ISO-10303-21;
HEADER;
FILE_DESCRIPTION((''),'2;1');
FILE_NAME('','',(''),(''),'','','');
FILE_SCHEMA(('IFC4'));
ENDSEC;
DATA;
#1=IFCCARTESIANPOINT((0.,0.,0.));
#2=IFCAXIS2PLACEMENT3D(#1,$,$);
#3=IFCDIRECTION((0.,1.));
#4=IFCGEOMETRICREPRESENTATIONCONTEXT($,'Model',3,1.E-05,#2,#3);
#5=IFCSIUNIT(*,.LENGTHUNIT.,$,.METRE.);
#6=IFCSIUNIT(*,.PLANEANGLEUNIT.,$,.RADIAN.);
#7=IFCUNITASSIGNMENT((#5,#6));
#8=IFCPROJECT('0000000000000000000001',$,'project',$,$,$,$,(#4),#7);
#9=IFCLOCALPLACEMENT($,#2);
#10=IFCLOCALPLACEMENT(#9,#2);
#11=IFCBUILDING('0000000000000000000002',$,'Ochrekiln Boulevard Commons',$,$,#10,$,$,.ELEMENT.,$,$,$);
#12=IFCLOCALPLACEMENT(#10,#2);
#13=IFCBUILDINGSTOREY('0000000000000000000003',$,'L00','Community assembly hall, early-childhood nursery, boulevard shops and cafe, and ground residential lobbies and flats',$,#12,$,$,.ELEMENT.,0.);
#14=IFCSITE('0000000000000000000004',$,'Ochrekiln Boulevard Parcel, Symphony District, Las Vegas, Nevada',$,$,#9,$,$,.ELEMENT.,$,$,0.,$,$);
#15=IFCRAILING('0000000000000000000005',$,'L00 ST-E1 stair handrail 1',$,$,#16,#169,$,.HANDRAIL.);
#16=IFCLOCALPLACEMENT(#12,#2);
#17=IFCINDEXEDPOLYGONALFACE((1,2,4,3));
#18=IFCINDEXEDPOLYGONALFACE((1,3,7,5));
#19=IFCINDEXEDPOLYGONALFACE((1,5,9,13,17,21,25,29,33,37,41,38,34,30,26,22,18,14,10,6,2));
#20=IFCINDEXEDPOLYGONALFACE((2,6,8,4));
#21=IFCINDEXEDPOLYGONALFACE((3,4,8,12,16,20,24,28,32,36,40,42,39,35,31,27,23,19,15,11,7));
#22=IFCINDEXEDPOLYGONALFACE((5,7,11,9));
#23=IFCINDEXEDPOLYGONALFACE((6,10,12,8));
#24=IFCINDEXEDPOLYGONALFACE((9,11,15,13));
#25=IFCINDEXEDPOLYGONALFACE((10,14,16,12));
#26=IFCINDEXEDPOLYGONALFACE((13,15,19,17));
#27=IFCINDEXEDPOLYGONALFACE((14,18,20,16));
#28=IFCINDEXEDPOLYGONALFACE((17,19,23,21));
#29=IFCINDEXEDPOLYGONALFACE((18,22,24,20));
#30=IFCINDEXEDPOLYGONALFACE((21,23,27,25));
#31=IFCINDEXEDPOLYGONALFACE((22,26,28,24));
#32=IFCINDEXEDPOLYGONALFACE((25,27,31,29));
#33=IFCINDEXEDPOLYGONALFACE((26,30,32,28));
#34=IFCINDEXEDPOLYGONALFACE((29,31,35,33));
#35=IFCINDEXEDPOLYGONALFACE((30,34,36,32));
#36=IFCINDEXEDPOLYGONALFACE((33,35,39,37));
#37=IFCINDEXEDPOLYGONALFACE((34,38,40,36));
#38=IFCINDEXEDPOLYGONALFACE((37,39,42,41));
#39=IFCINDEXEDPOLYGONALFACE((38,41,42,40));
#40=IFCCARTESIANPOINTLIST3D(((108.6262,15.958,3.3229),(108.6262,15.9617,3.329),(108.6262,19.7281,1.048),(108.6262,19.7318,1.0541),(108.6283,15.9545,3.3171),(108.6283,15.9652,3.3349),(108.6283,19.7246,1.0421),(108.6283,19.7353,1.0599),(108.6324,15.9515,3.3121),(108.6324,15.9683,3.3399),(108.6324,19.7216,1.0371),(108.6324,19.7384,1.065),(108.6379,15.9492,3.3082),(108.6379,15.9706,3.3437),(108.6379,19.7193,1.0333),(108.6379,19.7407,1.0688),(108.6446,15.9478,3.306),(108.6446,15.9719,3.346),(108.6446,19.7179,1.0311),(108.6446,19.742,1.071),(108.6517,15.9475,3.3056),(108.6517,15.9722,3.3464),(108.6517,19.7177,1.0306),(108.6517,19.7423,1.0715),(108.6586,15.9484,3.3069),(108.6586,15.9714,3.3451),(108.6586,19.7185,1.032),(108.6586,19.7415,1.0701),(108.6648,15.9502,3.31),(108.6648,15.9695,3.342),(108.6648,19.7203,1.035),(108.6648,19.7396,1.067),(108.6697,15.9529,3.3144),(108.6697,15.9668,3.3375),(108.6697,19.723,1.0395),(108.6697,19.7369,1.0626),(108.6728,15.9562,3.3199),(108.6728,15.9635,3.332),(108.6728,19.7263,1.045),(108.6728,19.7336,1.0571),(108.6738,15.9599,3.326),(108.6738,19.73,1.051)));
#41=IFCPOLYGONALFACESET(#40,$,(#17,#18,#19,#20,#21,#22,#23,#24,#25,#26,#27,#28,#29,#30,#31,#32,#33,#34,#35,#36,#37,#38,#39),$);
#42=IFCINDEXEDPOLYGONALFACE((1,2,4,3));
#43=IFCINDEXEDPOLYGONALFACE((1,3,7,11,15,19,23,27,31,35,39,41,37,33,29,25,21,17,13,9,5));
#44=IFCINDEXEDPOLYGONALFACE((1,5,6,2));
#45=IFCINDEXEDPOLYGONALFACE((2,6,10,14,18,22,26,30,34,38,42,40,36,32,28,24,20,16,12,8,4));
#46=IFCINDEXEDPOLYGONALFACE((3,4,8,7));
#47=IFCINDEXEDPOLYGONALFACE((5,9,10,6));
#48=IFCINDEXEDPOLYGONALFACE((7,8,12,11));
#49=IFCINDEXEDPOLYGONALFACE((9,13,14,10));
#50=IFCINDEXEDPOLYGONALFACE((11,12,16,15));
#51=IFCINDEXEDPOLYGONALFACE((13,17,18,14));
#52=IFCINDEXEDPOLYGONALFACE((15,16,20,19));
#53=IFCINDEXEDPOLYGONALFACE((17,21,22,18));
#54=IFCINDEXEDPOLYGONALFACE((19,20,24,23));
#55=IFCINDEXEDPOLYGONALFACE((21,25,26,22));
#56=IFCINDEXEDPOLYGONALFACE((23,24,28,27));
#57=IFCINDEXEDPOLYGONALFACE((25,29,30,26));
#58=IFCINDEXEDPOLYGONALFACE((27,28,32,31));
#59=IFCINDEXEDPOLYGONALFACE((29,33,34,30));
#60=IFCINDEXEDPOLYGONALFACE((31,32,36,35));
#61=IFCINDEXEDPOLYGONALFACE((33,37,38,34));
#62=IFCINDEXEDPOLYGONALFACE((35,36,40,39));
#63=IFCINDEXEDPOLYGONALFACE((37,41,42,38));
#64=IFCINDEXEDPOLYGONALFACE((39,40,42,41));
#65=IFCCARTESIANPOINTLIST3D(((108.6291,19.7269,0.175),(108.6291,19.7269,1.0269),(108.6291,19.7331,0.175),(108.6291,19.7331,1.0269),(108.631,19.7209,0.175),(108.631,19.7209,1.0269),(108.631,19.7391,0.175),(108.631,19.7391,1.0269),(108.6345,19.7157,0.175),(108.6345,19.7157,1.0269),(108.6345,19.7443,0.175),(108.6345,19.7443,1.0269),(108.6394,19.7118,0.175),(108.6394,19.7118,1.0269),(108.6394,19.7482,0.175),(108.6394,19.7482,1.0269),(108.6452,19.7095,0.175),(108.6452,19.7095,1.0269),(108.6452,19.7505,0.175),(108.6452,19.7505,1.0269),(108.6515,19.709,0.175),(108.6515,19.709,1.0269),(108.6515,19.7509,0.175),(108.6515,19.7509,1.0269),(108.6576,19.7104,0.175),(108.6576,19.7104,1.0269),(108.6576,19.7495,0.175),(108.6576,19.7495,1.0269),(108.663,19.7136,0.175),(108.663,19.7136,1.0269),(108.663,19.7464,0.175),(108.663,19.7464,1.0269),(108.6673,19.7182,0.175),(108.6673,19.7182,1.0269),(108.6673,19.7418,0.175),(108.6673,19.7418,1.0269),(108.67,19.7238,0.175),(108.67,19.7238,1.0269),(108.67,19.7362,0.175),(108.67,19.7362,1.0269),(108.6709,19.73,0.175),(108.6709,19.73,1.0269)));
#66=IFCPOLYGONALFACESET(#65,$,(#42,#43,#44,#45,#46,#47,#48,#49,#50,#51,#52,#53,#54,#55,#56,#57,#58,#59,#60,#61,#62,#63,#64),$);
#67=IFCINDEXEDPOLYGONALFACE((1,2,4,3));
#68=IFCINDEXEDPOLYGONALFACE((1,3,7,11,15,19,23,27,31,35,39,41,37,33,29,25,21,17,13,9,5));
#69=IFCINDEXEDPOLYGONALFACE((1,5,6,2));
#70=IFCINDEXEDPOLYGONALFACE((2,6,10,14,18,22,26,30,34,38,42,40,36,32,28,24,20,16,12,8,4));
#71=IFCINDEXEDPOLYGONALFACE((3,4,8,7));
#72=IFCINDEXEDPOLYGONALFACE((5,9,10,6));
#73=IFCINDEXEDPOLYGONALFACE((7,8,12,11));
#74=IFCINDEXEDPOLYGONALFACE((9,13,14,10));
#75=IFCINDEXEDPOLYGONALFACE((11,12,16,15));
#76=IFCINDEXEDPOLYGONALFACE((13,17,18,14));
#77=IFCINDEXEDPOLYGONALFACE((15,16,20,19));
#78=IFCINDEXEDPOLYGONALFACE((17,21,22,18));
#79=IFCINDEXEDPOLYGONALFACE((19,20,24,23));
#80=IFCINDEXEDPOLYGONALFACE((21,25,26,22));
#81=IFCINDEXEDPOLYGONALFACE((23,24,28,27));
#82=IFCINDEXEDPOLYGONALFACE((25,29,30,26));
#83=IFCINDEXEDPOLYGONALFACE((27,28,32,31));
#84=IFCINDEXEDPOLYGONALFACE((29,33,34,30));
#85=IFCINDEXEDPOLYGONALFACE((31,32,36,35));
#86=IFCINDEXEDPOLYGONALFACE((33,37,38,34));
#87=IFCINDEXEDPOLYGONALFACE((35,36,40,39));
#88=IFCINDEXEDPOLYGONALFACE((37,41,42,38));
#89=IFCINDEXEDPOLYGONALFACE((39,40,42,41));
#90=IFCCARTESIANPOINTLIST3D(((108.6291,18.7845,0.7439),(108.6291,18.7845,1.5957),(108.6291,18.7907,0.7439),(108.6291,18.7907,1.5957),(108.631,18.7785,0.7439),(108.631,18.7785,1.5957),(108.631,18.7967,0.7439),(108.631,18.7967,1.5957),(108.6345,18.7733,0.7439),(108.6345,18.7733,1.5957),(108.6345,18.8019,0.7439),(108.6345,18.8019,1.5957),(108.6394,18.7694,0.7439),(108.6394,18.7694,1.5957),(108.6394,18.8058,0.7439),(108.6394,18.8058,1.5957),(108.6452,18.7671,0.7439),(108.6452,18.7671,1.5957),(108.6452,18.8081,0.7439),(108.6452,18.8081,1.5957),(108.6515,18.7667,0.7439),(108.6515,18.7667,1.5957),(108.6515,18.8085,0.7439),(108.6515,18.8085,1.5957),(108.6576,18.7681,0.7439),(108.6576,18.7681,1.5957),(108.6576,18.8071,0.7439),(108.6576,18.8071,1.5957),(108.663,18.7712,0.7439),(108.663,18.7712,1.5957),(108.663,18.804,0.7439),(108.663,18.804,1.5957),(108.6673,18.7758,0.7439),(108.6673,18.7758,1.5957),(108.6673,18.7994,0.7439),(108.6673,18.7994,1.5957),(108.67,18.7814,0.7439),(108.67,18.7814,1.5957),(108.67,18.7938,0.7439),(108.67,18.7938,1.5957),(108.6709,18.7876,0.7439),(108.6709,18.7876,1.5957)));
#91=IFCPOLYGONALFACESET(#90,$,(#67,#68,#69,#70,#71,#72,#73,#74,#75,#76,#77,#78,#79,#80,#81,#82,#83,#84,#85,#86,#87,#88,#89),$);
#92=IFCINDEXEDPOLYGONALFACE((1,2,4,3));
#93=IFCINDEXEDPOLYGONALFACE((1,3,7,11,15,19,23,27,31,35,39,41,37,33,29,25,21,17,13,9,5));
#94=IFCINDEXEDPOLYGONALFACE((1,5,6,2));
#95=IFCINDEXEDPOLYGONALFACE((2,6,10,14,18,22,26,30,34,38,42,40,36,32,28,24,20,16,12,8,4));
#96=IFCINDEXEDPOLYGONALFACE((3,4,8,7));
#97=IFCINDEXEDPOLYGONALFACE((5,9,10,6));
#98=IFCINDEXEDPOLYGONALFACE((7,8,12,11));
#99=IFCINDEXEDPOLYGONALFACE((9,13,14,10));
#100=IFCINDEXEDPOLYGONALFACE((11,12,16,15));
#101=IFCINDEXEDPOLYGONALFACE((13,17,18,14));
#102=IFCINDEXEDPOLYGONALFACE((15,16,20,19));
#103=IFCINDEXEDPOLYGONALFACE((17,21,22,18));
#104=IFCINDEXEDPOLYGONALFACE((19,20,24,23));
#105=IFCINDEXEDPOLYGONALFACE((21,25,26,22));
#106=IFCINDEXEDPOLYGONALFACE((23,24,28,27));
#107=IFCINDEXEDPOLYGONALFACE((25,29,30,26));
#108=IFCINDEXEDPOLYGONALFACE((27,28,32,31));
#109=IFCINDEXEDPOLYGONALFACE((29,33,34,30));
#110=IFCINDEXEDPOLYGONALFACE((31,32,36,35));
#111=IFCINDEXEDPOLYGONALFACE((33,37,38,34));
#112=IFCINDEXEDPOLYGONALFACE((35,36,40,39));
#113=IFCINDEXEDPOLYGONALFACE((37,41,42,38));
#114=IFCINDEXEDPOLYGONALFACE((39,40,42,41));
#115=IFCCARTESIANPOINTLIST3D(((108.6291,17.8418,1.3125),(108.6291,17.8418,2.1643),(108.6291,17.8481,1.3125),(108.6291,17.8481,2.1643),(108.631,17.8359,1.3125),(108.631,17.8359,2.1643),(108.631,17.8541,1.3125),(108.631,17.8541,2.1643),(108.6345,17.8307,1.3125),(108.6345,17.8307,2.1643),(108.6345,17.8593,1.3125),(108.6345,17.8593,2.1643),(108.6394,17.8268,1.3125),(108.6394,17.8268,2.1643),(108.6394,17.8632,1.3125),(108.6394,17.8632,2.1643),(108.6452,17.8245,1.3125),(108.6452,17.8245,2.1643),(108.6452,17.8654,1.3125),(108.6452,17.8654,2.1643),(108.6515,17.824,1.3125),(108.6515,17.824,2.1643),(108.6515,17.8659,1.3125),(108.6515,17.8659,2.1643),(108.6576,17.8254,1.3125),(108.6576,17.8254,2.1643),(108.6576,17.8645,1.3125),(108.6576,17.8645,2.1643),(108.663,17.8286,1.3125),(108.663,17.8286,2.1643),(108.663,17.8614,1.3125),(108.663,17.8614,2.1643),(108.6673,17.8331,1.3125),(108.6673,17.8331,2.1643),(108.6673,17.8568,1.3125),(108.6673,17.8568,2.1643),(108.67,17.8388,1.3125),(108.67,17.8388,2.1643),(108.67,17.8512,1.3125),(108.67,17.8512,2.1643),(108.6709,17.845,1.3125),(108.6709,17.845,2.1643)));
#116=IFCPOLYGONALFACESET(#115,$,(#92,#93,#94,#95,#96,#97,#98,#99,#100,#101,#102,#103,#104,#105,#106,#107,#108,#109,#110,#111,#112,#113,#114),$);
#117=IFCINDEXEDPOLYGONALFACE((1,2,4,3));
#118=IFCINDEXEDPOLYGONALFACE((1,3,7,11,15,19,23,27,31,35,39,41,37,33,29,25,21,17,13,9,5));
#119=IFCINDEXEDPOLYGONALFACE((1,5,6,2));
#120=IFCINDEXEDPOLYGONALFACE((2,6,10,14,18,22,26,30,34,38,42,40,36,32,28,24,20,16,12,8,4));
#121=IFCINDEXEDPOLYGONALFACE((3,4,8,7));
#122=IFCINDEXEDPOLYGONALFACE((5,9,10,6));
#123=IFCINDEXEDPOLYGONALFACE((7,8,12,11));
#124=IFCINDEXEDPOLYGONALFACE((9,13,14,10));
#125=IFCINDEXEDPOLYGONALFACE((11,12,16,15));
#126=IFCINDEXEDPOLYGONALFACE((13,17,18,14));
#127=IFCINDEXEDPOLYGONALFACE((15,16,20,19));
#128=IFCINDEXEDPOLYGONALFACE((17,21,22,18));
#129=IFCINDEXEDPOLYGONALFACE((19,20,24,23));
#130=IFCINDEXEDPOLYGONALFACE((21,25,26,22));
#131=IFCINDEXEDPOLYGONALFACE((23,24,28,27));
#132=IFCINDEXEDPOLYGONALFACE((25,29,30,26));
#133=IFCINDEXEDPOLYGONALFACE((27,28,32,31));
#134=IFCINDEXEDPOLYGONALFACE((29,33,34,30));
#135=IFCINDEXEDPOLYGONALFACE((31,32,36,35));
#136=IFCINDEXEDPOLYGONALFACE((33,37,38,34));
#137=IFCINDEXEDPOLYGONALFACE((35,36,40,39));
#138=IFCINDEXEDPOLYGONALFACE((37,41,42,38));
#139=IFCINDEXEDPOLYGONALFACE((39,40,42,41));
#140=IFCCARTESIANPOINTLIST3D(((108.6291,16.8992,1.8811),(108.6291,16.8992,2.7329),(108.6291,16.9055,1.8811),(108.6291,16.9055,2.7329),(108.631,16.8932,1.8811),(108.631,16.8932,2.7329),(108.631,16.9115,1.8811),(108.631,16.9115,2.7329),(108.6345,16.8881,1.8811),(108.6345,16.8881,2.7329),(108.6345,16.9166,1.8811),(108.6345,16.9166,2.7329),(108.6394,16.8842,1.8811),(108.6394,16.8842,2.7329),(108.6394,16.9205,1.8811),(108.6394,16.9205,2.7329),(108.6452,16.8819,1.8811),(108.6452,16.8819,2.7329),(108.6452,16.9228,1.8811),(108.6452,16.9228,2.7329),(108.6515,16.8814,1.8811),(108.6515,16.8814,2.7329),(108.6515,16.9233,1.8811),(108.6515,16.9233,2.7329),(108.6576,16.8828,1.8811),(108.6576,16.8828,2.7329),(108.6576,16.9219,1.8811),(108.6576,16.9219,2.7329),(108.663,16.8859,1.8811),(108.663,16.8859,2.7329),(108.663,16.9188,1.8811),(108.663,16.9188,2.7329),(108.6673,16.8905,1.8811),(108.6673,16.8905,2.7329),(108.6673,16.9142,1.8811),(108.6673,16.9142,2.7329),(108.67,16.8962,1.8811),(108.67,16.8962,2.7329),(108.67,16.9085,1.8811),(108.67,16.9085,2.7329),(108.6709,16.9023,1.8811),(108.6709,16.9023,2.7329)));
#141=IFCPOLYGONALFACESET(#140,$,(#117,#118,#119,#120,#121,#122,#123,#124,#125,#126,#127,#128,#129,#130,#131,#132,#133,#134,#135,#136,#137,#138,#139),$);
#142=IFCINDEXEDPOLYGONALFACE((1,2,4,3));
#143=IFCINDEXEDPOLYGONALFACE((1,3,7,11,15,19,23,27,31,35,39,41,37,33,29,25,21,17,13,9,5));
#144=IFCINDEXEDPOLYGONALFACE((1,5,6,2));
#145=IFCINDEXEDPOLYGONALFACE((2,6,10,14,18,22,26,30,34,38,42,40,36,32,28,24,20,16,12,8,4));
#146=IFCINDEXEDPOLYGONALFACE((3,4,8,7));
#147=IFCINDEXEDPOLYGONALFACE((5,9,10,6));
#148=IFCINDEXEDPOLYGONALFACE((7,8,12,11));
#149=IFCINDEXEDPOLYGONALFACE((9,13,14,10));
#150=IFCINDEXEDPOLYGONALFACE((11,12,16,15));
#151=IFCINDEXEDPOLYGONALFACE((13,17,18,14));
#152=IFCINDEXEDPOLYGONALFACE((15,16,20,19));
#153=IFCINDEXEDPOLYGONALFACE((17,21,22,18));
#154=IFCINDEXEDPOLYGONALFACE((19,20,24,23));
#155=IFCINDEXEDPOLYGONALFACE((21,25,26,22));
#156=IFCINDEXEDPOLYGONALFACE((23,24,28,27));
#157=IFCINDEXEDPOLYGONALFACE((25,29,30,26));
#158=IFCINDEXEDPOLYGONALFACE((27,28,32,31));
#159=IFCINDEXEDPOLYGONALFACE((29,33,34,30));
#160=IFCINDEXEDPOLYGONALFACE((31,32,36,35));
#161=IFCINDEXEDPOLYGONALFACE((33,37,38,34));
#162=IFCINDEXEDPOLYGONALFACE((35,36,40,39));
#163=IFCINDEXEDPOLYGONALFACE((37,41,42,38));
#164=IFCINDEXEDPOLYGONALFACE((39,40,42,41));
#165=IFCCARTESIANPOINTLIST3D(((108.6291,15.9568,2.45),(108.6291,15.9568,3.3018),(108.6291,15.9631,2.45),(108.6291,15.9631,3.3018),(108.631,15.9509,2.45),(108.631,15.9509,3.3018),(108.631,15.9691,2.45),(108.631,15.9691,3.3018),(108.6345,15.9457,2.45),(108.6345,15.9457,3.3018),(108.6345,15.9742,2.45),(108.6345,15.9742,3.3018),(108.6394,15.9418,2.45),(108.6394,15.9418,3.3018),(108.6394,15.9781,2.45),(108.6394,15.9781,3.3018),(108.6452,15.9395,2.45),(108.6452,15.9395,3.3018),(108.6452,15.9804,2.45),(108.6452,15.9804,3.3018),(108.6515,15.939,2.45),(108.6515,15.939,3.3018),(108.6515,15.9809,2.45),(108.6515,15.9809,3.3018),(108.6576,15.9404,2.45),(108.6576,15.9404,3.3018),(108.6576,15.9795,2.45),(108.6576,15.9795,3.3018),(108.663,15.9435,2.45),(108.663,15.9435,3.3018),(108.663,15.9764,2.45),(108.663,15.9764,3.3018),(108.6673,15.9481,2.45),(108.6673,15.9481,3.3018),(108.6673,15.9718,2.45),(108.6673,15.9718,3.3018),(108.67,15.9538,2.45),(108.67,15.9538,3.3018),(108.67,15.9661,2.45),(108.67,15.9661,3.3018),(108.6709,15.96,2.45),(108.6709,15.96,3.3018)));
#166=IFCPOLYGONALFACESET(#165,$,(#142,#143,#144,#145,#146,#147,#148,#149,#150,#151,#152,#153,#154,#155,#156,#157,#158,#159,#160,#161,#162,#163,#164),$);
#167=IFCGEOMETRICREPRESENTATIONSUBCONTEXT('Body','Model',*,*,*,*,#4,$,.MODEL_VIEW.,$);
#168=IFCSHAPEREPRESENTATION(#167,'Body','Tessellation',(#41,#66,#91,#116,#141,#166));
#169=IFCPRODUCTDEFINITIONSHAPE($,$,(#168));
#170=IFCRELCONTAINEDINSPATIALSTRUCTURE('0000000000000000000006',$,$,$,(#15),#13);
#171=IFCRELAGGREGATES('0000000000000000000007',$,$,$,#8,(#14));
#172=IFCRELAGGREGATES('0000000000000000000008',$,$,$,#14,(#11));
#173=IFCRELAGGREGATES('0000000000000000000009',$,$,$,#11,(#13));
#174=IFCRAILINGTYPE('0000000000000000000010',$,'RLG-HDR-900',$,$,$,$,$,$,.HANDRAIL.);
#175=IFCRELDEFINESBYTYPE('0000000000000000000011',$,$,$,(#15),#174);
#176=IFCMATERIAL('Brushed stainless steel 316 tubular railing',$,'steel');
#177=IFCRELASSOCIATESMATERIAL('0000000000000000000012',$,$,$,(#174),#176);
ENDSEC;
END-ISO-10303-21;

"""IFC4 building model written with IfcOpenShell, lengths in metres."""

from ifc_helpers import new_model, si_unit, direction, frame, origin, origin_2d, place, context, subcontext, project, spatial, circle, extrude, material, type_object, element, save


model = new_model("IFC4")

# Units and contexts
model_context = context("Model", 3, precision=1e-05, world=origin(), true_north=direction((0.0, 1.0)))
body_context = subcontext(model_context, "Body", "Model", "MODEL_VIEW")
ifc_project = project(units=[si_unit("LENGTHUNIT", "METRE"), si_unit("PLANEANGLEUNIT", "RADIAN")], contexts=[model_context])

# Site, building, storey
site_placement = place(None, origin())
site = spatial("IfcSite", under=ifc_project, at=site_placement, Name="Ochrekiln Boulevard Parcel, Symphony District, Las Vegas, Nevada", CompositionType="ELEMENT", RefElevation=0.0)
building_placement = place(site_placement, origin())
building = spatial("IfcBuilding", under=site, at=building_placement, Name="Ochrekiln Boulevard Commons", CompositionType="ELEMENT")
storey_placement = place(building_placement, origin())
storey = spatial("IfcBuildingStorey", under=building, at=storey_placement, Name="L00", Description="Community assembly hall, early-childhood nursery, boulevard shops and cafe, and ground residential lobbies and flats", CompositionType="ELEMENT", Elevation=0.0)

# Railing
ifc_material_1 = material(Name="Brushed stainless steel 316 tubular railing", Category="steel")
railing_type_1 = type_object("IfcRailingType", Name="RLG-HDR-900", PredefinedType="HANDRAIL", material=ifc_material_1)
railing_1_placement = place(storey_placement, frame((108.6499, 19.73, 0.175)))
element("IfcRailing", 1, at=railing_1_placement, inside=storey, type_object=railing_type_1, Name="L00 ST-E1 stair handrail 1", PredefinedType="HANDRAIL", context=body_context, shape_type="SweptSolid", body=[
    extrude(circle(Radius=0.0239, at=origin_2d()), frame((0.0, 0.0, 0.876), z_axis=(0.0, -0.856199, 0.516647), x_axis=(1.0, 0.0, 0.0)), (0.0, 0.0, 1.0), 4.4033),
    extrude(circle(Radius=0.021, at=origin_2d()), origin(), (0.0, 0.0, 1.0), 0.8518),
    extrude(circle(Radius=0.021, at=origin_2d()), frame((0.0, -0.9424, 0.5688)), (0.0, 0.0, 1.0), 0.8518),
    extrude(circle(Radius=0.021, at=origin_2d()), frame((0.0, -1.885, 1.1375)), (0.0, 0.0, 1.0), 0.8518),
    extrude(circle(Radius=0.021, at=origin_2d()), frame((0.0, -2.8276, 1.7061)), (0.0, 0.0, 1.0), 0.8518),
    extrude(circle(Radius=0.021, at=origin_2d()), frame((0.0, -3.77, 2.2749)), (0.0, 0.0, 1.0), 0.8518),
])

save(model, "model.ifc")
